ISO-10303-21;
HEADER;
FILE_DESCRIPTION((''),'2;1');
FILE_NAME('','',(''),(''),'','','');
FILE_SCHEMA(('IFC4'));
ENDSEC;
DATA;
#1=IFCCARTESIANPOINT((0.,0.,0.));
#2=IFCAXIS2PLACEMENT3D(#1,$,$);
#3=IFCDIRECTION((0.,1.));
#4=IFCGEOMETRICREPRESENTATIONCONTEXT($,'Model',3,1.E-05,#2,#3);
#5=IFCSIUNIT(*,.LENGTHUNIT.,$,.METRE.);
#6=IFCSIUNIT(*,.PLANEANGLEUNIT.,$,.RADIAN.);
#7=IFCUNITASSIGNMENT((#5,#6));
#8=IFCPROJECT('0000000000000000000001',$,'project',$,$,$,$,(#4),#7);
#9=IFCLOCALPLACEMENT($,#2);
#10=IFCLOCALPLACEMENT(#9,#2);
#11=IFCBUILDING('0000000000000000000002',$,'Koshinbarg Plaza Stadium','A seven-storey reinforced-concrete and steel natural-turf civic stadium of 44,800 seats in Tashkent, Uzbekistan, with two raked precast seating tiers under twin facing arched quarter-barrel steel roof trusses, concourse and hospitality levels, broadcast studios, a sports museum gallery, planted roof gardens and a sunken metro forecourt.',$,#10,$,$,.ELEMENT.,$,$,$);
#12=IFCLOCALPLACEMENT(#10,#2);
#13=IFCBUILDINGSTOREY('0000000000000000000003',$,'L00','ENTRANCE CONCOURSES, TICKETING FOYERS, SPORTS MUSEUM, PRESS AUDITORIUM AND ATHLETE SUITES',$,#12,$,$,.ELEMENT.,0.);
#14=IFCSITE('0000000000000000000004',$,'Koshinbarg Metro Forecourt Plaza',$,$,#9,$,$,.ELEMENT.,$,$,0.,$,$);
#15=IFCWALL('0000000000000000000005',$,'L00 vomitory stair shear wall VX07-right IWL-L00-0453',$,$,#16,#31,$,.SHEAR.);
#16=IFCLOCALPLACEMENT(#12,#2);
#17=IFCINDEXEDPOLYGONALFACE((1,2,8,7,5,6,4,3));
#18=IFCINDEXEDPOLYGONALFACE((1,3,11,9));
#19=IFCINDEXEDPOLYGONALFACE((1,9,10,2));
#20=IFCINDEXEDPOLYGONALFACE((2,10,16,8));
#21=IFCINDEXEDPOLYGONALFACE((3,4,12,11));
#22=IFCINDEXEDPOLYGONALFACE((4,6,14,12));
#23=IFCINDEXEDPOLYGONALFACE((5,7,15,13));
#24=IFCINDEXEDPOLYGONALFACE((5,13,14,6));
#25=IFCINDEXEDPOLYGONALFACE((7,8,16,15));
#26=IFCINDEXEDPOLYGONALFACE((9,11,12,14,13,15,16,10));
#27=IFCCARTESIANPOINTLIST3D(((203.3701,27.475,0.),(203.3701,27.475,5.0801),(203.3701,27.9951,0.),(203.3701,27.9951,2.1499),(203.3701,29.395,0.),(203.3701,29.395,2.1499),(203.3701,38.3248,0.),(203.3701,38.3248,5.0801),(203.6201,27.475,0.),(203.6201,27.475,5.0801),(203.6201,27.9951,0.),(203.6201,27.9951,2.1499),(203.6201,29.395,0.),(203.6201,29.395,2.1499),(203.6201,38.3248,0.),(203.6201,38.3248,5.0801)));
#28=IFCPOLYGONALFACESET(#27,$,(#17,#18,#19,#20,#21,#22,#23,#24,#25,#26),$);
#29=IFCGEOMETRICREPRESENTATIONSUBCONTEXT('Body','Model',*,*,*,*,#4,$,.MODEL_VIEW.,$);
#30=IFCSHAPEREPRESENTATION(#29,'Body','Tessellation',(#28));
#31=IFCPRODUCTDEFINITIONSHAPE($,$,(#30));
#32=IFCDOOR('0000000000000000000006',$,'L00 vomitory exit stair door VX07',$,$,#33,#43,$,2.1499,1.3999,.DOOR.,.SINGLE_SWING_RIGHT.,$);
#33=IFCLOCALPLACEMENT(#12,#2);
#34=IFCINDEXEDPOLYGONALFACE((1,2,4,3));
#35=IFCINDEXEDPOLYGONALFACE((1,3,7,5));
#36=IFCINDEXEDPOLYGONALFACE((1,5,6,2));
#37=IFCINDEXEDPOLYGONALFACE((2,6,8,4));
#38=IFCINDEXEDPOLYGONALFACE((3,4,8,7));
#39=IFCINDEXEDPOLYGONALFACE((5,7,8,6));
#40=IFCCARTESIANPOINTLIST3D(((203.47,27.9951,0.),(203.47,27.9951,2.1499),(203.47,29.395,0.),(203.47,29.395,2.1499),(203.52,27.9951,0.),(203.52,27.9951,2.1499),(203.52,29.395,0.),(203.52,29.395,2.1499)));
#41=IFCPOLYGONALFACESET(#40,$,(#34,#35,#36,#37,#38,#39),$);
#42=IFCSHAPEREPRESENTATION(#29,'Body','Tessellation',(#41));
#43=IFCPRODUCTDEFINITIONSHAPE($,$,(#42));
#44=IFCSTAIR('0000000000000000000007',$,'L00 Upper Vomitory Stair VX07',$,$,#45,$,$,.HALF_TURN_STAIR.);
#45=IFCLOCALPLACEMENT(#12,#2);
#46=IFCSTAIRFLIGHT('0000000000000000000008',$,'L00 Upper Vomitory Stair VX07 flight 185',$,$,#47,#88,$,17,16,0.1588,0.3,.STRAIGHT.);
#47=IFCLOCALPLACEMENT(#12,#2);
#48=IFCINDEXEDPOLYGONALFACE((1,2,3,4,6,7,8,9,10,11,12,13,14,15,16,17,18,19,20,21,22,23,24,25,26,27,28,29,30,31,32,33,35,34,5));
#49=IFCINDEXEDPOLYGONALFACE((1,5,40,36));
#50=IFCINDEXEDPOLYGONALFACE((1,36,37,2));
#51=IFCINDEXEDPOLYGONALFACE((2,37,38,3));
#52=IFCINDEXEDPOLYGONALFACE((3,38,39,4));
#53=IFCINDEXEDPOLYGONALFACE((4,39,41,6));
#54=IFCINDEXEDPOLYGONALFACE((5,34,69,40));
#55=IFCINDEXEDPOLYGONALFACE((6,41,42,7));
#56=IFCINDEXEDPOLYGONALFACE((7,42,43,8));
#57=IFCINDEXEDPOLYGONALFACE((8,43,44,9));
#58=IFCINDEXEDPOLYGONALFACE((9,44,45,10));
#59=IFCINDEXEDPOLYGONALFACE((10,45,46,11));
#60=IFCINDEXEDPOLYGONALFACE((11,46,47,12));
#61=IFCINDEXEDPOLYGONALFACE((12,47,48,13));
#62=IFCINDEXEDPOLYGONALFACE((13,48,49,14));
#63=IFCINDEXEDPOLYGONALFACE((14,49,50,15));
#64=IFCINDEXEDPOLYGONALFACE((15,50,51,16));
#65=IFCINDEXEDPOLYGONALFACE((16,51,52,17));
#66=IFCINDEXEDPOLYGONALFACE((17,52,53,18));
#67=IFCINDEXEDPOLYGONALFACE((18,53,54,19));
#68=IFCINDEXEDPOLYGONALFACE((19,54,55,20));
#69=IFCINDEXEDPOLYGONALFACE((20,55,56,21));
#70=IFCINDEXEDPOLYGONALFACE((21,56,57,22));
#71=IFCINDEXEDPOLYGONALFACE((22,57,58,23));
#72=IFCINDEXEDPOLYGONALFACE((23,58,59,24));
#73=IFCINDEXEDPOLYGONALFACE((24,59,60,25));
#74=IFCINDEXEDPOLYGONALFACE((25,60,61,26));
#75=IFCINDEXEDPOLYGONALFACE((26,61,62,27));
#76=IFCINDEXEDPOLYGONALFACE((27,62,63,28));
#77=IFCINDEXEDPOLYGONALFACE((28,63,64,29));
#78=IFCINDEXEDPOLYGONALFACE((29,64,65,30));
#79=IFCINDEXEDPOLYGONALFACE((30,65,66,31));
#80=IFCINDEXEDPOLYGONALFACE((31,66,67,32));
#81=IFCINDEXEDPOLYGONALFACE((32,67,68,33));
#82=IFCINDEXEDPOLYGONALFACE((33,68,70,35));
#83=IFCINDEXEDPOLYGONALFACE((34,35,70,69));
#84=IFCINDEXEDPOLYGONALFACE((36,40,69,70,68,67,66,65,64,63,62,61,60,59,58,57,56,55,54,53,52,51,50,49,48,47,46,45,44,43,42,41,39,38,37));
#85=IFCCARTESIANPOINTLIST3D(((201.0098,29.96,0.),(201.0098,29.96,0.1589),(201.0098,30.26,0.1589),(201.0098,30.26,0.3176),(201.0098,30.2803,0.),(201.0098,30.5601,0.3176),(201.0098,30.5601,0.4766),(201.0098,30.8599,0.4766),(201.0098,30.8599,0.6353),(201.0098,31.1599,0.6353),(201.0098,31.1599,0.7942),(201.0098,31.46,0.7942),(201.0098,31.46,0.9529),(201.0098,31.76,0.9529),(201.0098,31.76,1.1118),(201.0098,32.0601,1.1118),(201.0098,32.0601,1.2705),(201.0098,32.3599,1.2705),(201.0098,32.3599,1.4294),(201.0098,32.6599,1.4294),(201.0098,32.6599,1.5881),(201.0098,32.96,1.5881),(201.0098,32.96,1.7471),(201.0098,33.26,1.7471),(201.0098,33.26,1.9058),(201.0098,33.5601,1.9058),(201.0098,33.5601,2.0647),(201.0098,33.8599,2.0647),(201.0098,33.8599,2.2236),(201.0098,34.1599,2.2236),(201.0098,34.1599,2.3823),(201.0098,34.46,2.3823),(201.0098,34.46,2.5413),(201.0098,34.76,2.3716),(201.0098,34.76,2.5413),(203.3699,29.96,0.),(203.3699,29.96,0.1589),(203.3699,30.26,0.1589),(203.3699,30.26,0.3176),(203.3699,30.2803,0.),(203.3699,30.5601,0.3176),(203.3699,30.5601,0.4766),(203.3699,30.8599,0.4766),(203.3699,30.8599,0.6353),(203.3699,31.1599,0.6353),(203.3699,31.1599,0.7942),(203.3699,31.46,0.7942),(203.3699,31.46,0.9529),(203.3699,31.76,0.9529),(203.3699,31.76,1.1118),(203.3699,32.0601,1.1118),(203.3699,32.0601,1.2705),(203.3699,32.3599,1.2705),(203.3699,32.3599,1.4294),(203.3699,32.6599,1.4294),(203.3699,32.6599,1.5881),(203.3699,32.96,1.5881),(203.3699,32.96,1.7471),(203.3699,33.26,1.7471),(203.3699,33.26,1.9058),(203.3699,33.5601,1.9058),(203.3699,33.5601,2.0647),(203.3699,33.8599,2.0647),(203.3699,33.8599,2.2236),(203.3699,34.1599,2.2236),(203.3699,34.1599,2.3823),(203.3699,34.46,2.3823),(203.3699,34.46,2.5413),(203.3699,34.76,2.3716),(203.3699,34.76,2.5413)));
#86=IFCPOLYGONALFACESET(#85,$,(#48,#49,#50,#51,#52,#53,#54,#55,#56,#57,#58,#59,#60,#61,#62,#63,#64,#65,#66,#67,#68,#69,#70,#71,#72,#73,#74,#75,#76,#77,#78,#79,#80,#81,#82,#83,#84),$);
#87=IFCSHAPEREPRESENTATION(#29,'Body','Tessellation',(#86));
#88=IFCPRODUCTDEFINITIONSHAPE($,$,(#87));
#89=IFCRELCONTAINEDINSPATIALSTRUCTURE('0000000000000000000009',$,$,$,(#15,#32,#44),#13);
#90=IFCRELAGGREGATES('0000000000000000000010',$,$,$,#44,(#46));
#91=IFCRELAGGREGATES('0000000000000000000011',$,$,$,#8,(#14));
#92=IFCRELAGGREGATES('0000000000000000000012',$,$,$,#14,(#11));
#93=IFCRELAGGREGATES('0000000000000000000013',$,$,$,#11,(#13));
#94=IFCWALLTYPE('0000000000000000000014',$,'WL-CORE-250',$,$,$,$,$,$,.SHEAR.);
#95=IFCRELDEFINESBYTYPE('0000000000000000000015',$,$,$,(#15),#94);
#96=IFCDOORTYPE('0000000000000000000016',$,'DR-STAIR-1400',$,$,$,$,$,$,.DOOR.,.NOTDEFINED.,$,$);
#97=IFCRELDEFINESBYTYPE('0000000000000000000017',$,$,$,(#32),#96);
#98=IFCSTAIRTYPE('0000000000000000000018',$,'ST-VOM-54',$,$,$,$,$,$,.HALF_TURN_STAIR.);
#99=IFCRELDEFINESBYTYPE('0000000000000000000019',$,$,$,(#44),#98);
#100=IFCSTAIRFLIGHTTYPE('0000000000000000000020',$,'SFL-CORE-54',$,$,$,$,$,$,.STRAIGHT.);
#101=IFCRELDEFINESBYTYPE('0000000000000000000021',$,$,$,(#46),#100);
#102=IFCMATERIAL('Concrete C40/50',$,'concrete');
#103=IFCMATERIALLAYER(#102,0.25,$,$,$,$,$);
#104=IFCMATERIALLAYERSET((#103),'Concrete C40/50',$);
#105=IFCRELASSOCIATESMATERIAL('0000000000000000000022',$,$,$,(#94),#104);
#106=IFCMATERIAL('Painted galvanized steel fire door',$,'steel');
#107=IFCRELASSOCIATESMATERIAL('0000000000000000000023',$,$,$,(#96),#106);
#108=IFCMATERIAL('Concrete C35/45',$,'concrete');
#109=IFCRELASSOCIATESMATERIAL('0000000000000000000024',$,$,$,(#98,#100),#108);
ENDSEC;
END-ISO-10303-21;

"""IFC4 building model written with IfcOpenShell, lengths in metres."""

from ifc_helpers import new_model, si_unit, direction, frame, frame_2d, origin, place, context, subcontext, project, spatial, polyline, rectangle, outline, extrude, material, layer, layer_set, type_object, element, fill, aggregate, save


model = new_model("IFC4")

# Units and contexts
model_context = context("Model", 3, precision=1e-05, world=origin(), true_north=direction((0.0, 1.0)))
body_context = subcontext(model_context, "Body", "Model", "MODEL_VIEW")
ifc_project = project(units=[si_unit("LENGTHUNIT", "METRE"), si_unit("PLANEANGLEUNIT", "RADIAN")], contexts=[model_context])

# Site, building, storey
site_placement = place(None, origin())
site = spatial("IfcSite", under=ifc_project, at=site_placement, Name="Koshinbarg Metro Forecourt Plaza", CompositionType="ELEMENT", RefElevation=0.0)
building_placement = place(site_placement, origin())
building = spatial("IfcBuilding", under=site, at=building_placement, Name="Koshinbarg Plaza Stadium", Description="A seven-storey reinforced-concrete and steel natural-turf civic stadium of 44,800 seats in Tashkent, Uzbekistan, with two raked precast seating tiers under twin facing arched quarter-barrel steel roof trusses, concourse and hospitality levels, broadcast studios, a sports museum gallery, planted roof gardens and a sunken metro forecourt.", CompositionType="ELEMENT")
storey_placement = place(building_placement, origin())
storey = spatial("IfcBuildingStorey", under=building, at=storey_placement, Name="L00", Description="ENTRANCE CONCOURSES, TICKETING FOYERS, SPORTS MUSEUM, PRESS AUDITORIUM AND ATHLETE SUITES", CompositionType="ELEMENT", Elevation=0.0)

# Shared definitions
ifc_material_1 = material(Name="Concrete C35/45", Category="concrete")

# Shared definitions
ifc_material_2 = material(Name="Concrete C40/50", Category="concrete")

# Shared definitions
ifc_layer = layer(ifc_material_2, 0.25)
ifc_layer_set = layer_set([ifc_layer], Name="Concrete C40/50")
wall_type = type_object("IfcWallType", Name="WL-CORE-250", PredefinedType="SHEAR", material=ifc_layer_set)

# Wall, opening, door
wall_1_placement = place(storey_placement, frame((203.4951, 27.4751, 0.0), z_axis=(0.0, 0.0, 1.0), x_axis=(0.0, 1.0, 0.0)))
wall_1 = element("IfcWall", 1, at=wall_1_placement, inside=storey, type_object=wall_type, Name="L00 vomitory stair shear wall VX07-right IWL-L00-0453", PredefinedType="SHEAR", context=body_context, shape_type="SweptSolid", body=[
    extrude(rectangle(XDim=10.8499, YDim=0.25, at=frame_2d((5.4248, 0.0))), origin(), (0.0, 0.0, 1.0), 5.0801),
])
opening_placement = place(wall_1_placement, frame((0.52, 0.0, 0.0)))
opening = element("IfcOpeningElement", 2, at=opening_placement, cuts=wall_1, PredefinedType="OPENING", context=body_context, shape_type="SweptSolid", body=[
    extrude(rectangle(XDim=1.3999, YDim=2.1499, at=frame_2d((0.7, 1.075))), frame((0.0, 0.135, 0.0), z_axis=(0.0, -1.0, 0.0), x_axis=(1.0, 0.0, 0.0)), (0.0, 0.0, 1.0), 0.27),
])
ifc_material_3 = material(Name="Painted galvanized steel fire door", Category="steel")
door_type = type_object("IfcDoorType", Name="DR-STAIR-1400", OperationType="NOTDEFINED", PredefinedType="DOOR", material=ifc_material_3)
door_placement = place(opening_placement, frame((1.3999, 0.0, 0.0), z_axis=(0.0, 0.0, 1.0), x_axis=(-1.0, 0.0, 0.0)))
door = element("IfcDoor", 3, at=door_placement, inside=storey, type_object=door_type, Name="L00 vomitory exit stair door VX07", OperationType="SINGLE_SWING_RIGHT", OverallHeight=2.1499, OverallWidth=1.3999, PredefinedType="DOOR", context=body_context, shape_type="SweptSolid", body=[
    extrude(rectangle(XDim=1.3999, YDim=2.1499, at=frame_2d((0.7, 1.075))), frame((0.0, 0.0249, 0.0), z_axis=(0.0, -1.0, 0.0), x_axis=(1.0, 0.0, 0.0)), (0.0, 0.0, 1.0), 0.05),
])
fill(opening, door)

# Stair, stair flight
stair_type = type_object("IfcStairType", Name="ST-VOM-54", PredefinedType="HALF_TURN_STAIR", material=ifc_material_1)
stair_placement = place(storey_placement, origin())
stair = element("IfcStair", 4, at=stair_placement, inside=storey, type_object=stair_type, Name="L00 Upper Vomitory Stair VX07", PredefinedType="HALF_TURN_STAIR")
stair_flight_type = type_object("IfcStairFlightType", Name="SFL-CORE-54", PredefinedType="STRAIGHT", material=ifc_material_1)
stair_flight_placement = place(storey_placement, frame((202.1899, 29.96, 0.0), z_axis=(0.0, 0.0, 1.0), x_axis=(0.0, 1.0, 0.0)))
stair_flight = element("IfcStairFlight", 5, at=stair_flight_placement, type_object=stair_flight_type, Name="L00 Upper Vomitory Stair VX07 flight 185", NumberOfRisers=17, NumberOfTreads=16, PredefinedType="STRAIGHT", RiserHeight=0.1588, TreadLength=0.3, context=body_context, shape_type="SweptSolid", body=[
    extrude(outline(polyline([(0.0, 0.0), (0.0, 0.1589), (0.3, 0.1589), (0.3, 0.3176), (0.6001, 0.3176), (0.6001, 0.4766), (0.8999, 0.4766), (0.8999, 0.6353), (1.2, 0.6353), (1.2, 0.7942), (1.5, 0.7942), (1.5, 0.9529), (1.8, 0.9529), (1.8, 1.1118), (2.1001, 1.1118), (2.1001, 1.2705), (2.3999, 1.2705), (2.3999, 1.4294), (2.7, 1.4294), (2.7, 1.5881), (3.0, 1.5881), (3.0, 1.7471), (3.3, 1.7471), (3.3, 1.9058), (3.6001, 1.9058), (3.6001, 2.0647), (3.8999, 2.0647), (3.8999, 2.2236), (4.2, 2.2236), (4.2, 2.3823), (4.5, 2.3823), (4.5, 2.5413), (4.8, 2.5413), (4.8, 2.7), (4.8, 2.3716), (0.3203, 0.0), (0.0, 0.0)])), frame((0.0, 1.1802, 0.0), z_axis=(0.0, -1.0, 0.0), x_axis=(1.0, 0.0, 0.0)), (0.0, 0.0, 1.0), 2.3601),
])
aggregate(stair, [stair_flight])

save(model, "model.ifc")
